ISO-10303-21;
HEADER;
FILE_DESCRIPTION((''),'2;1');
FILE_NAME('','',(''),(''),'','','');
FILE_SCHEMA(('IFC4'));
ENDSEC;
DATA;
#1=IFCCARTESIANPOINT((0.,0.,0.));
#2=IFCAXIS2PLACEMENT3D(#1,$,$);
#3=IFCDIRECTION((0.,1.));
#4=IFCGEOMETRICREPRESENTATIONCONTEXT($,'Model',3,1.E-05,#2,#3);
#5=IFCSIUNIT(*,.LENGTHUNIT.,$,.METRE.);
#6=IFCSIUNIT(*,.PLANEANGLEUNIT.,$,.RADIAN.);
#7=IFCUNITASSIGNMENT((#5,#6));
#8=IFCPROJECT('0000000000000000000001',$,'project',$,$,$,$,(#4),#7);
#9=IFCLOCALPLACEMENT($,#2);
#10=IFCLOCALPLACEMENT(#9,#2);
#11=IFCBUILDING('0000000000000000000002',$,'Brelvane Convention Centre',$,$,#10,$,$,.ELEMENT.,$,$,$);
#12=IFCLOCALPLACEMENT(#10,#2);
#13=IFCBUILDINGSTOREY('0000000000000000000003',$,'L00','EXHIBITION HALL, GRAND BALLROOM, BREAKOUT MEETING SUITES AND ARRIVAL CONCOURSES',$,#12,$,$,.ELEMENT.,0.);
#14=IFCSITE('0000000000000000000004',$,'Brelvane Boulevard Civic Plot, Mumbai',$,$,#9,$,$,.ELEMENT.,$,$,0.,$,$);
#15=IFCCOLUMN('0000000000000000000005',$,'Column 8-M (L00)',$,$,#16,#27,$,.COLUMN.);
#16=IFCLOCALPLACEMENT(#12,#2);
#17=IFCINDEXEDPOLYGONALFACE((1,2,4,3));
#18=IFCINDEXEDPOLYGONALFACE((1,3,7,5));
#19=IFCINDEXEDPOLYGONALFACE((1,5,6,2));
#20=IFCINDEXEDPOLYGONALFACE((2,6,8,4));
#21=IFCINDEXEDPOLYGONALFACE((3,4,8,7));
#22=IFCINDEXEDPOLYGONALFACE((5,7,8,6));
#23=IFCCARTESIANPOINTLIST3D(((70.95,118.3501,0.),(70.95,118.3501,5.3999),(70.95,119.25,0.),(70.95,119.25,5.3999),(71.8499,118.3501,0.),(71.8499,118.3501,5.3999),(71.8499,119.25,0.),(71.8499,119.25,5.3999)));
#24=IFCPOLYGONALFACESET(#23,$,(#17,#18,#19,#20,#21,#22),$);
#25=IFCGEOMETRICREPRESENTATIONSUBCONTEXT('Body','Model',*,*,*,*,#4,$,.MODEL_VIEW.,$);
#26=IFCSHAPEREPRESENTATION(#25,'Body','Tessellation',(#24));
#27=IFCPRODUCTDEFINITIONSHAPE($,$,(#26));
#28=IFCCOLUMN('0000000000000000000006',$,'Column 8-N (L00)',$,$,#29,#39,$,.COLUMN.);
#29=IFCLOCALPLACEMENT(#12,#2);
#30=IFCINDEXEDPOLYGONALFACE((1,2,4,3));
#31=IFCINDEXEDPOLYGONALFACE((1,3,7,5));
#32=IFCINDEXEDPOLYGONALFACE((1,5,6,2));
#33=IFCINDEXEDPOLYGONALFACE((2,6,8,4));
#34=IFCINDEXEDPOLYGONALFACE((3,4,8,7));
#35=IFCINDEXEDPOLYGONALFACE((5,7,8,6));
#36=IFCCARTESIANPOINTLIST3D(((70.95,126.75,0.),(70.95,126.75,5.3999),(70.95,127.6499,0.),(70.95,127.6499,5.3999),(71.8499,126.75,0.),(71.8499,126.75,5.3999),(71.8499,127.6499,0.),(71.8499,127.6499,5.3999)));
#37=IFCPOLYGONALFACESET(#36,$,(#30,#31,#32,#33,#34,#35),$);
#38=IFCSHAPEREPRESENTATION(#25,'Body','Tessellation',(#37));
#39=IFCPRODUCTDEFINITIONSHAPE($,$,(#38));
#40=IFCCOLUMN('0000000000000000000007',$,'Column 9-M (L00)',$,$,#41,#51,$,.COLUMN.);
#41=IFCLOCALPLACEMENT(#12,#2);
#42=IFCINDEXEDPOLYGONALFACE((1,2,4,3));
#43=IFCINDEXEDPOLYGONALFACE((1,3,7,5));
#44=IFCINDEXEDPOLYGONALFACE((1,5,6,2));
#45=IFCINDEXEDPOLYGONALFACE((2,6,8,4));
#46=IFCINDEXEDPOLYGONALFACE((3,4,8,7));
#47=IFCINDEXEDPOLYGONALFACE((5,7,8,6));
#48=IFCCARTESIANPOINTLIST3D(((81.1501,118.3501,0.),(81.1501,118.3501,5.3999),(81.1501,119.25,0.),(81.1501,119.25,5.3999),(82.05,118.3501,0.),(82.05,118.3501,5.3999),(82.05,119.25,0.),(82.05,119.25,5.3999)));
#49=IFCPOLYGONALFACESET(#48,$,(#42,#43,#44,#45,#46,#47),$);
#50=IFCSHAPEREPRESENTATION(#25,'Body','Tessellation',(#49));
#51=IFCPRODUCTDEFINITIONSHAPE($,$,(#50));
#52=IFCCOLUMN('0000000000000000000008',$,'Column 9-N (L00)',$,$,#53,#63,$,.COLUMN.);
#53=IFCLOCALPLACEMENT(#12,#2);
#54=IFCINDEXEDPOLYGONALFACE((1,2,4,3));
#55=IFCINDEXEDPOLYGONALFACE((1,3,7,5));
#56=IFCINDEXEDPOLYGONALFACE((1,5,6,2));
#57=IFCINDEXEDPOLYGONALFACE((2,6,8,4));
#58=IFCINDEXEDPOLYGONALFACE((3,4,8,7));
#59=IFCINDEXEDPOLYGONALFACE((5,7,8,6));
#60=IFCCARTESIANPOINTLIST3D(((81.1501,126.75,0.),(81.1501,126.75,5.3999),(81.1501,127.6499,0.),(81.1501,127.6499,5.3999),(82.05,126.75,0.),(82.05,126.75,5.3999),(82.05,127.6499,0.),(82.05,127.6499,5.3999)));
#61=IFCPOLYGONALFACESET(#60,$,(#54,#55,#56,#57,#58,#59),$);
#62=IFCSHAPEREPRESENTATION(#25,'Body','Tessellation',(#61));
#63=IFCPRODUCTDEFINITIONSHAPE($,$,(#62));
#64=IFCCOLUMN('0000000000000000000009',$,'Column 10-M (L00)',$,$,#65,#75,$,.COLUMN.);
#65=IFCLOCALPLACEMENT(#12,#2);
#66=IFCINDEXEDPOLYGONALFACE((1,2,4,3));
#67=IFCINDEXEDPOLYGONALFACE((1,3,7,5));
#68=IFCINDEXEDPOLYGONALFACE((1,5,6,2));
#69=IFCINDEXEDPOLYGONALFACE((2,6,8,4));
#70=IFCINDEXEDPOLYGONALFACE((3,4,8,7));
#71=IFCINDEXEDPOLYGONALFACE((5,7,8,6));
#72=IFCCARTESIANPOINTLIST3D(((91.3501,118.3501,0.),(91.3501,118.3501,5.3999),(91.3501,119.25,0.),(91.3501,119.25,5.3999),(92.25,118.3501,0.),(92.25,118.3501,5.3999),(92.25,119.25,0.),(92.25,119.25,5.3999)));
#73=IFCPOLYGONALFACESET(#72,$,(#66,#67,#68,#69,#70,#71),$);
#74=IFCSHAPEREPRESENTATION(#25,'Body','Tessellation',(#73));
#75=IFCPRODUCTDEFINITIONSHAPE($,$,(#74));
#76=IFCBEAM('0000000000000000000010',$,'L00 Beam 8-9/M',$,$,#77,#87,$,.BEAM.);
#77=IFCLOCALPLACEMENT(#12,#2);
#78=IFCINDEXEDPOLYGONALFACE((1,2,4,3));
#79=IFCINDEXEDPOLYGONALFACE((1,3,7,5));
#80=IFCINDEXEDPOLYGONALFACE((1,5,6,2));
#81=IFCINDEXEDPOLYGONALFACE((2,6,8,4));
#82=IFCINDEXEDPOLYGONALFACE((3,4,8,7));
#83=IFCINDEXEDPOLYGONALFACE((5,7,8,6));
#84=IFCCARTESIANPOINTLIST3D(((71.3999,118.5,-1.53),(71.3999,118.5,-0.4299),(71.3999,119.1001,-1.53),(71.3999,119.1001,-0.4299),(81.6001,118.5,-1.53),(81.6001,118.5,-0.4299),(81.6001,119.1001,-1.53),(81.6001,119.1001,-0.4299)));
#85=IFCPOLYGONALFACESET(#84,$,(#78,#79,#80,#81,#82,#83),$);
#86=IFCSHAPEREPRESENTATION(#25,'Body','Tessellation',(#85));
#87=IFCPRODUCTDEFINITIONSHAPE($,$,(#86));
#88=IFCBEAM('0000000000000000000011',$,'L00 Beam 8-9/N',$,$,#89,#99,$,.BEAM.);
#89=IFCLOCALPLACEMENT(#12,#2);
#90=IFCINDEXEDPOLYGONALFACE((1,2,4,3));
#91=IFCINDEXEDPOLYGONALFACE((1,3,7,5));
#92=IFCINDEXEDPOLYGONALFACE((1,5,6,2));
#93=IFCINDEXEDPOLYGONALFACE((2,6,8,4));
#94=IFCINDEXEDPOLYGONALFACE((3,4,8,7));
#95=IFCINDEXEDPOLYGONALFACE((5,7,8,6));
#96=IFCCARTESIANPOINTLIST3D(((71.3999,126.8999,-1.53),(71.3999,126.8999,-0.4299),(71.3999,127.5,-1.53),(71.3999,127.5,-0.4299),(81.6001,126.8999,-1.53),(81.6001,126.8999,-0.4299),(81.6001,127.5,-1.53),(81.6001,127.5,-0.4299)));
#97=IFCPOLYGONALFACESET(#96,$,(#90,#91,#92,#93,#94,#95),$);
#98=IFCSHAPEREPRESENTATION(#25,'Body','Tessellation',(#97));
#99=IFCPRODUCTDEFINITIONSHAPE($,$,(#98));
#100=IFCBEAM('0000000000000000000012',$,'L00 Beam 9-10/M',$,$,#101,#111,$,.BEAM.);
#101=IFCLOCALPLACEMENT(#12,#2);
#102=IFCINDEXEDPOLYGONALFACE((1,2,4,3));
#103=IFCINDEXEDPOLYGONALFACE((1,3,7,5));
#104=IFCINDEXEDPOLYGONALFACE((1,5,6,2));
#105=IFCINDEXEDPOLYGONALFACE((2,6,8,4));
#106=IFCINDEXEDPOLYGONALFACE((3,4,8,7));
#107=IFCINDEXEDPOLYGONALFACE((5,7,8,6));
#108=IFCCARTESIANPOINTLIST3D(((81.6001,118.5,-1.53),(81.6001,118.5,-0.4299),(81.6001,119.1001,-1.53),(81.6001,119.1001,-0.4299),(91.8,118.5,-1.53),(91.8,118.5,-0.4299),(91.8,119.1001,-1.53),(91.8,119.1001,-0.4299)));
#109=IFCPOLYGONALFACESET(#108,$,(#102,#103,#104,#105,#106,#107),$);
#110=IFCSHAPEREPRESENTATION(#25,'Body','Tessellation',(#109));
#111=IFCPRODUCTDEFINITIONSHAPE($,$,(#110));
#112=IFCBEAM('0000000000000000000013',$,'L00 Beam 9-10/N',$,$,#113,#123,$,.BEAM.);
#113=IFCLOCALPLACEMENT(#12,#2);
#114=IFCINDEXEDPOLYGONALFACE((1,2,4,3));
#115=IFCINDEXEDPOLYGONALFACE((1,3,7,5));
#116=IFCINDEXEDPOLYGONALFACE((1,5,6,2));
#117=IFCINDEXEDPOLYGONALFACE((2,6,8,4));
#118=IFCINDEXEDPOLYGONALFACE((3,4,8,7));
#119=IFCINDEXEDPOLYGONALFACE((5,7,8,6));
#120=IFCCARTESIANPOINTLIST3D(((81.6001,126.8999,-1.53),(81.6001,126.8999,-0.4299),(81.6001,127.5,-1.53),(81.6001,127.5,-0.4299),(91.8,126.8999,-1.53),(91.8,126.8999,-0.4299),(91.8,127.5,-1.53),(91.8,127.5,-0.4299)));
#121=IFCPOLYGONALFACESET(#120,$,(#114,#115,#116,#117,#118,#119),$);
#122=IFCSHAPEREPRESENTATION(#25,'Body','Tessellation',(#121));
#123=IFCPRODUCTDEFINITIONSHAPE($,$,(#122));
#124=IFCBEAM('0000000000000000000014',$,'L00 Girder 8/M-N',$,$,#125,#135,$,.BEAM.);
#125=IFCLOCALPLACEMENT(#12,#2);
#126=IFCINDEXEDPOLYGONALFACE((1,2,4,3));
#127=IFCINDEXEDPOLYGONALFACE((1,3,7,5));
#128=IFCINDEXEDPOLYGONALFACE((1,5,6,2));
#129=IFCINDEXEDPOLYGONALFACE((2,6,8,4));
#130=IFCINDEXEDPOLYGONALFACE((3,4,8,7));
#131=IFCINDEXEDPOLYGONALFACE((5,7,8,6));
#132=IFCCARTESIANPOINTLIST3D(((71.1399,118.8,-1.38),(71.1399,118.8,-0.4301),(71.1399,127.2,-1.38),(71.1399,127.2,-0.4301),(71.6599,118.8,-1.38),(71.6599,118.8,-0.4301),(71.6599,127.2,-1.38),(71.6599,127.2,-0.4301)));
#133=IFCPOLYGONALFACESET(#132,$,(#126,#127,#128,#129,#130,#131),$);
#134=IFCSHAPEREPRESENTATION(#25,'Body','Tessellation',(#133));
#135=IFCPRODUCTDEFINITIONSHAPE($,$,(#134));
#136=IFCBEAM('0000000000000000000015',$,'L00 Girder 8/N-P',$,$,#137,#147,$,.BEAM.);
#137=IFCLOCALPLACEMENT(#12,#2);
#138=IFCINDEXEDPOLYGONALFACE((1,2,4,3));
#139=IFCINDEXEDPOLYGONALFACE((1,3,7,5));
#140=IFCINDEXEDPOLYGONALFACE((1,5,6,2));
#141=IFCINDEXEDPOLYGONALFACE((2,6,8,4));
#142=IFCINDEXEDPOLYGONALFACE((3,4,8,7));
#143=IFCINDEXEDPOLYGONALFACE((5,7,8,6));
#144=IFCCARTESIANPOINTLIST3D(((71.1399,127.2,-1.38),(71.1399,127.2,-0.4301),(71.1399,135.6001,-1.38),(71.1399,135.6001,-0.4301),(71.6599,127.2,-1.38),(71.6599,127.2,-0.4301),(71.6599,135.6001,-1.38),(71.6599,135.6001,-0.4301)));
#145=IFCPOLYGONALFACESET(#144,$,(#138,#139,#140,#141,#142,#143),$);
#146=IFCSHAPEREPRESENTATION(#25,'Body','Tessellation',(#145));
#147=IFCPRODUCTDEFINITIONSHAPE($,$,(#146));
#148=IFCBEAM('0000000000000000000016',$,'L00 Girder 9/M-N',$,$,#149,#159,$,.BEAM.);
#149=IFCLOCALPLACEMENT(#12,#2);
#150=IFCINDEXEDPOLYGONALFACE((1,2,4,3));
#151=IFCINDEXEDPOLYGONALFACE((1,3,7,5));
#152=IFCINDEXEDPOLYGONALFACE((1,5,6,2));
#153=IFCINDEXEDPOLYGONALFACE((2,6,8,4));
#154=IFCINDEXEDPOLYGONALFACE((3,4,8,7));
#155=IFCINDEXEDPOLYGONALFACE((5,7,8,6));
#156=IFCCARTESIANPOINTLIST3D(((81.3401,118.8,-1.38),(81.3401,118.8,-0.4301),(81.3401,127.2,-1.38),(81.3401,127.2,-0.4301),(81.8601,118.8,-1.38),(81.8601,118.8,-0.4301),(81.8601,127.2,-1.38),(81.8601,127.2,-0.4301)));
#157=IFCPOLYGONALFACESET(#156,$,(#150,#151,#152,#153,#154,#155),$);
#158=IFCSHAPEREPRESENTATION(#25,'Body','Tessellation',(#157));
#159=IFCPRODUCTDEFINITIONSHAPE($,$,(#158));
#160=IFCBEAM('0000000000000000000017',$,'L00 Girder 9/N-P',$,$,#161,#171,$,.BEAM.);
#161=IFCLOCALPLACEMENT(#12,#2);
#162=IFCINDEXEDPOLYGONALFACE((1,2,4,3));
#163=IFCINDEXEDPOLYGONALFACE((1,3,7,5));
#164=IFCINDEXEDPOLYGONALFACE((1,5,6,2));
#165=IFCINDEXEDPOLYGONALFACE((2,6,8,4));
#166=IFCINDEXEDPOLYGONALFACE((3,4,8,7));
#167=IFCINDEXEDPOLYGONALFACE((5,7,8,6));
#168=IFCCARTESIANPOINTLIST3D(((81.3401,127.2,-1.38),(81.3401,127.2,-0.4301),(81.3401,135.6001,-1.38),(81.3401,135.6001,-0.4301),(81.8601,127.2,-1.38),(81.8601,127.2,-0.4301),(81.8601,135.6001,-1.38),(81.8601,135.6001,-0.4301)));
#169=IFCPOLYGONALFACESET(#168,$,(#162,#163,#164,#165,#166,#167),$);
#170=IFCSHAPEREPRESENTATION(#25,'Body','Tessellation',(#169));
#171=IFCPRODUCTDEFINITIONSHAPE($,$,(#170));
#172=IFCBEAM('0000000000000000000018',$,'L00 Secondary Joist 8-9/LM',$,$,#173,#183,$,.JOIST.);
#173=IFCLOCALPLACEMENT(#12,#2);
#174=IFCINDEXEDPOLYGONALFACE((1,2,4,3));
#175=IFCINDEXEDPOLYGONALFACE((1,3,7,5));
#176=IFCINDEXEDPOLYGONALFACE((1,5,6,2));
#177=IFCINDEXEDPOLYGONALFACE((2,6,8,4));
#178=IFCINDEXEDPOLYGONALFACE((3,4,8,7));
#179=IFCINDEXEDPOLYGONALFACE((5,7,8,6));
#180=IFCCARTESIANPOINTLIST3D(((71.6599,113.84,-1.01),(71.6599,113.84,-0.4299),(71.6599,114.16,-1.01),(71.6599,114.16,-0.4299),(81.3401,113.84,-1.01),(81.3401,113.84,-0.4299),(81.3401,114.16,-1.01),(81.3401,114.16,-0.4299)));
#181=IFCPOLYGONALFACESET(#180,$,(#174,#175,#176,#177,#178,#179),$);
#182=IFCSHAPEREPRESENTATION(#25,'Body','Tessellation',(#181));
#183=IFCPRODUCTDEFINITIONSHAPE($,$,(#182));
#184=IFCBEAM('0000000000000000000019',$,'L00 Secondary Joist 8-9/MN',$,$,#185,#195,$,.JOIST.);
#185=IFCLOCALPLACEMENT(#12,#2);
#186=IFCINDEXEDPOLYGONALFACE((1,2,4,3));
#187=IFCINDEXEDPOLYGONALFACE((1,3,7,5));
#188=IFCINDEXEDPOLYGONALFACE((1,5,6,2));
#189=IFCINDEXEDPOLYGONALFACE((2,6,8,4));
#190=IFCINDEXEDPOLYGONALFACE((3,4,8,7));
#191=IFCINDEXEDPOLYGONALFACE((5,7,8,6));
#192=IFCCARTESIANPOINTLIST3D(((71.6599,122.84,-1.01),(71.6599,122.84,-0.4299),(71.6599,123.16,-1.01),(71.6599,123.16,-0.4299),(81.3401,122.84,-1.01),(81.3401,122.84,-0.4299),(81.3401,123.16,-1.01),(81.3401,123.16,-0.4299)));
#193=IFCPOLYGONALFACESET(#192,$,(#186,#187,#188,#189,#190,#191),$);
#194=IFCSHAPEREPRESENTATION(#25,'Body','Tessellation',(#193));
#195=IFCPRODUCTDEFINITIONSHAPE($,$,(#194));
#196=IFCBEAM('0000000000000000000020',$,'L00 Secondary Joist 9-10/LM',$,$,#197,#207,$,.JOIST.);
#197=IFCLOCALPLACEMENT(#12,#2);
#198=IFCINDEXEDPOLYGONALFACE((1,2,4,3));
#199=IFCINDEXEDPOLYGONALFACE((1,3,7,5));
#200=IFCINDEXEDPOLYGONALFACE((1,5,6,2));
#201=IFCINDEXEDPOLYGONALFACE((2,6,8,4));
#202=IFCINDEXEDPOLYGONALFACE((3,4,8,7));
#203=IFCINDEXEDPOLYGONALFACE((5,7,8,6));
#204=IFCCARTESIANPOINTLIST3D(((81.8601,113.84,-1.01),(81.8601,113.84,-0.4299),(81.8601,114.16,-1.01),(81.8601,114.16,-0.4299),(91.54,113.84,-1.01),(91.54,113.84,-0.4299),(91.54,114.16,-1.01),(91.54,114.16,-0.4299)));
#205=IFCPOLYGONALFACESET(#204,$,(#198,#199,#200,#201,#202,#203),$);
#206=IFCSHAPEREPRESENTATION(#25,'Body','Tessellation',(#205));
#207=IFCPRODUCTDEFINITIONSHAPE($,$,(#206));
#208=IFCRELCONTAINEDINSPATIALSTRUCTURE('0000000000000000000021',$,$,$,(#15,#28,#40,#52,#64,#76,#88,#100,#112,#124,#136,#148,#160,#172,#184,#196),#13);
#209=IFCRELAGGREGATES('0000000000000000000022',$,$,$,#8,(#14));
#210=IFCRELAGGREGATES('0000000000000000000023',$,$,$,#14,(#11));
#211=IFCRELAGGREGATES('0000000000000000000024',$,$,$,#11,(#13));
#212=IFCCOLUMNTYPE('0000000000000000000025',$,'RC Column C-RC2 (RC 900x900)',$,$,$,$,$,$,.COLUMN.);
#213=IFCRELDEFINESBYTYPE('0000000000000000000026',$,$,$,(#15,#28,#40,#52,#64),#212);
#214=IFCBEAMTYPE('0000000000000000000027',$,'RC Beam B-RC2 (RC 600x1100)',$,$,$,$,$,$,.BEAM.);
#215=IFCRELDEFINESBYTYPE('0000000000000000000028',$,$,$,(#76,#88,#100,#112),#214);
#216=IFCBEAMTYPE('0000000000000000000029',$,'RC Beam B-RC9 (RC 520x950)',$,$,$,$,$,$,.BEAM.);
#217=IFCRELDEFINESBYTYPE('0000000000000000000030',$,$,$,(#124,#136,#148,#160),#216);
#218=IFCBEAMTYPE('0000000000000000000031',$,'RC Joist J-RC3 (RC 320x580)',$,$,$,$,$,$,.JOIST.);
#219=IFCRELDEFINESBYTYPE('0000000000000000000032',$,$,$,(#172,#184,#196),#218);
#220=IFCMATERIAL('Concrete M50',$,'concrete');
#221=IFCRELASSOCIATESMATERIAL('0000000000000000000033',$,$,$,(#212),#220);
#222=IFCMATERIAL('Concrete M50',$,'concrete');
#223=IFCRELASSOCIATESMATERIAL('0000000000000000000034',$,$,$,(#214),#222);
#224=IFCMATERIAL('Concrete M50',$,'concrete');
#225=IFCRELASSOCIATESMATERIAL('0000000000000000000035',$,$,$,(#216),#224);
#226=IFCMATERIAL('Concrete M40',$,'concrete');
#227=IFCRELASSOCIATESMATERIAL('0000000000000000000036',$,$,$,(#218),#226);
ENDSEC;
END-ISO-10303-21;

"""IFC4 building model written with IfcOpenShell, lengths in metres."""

from ifc_helpers import new_model, si_unit, direction, frame, origin, origin_2d, place, context, subcontext, project, spatial, rectangle, extrude, material, material_profile, profile_set, type_object, element, save


model = new_model("IFC4")

# Units and contexts
model_context = context("Model", 3, precision=1e-05, world=origin(), true_north=direction((0.0, 1.0)))
body_context = subcontext(model_context, "Body", "Model", "MODEL_VIEW")
ifc_project = project(units=[si_unit("LENGTHUNIT", "METRE"), si_unit("PLANEANGLEUNIT", "RADIAN")], contexts=[model_context])

# Site, building, storey
site_placement = place(None, origin())
site = spatial("IfcSite", under=ifc_project, at=site_placement, Name="Brelvane Boulevard Civic Plot, Mumbai", CompositionType="ELEMENT", RefElevation=0.0)
building_placement = place(site_placement, origin())
building = spatial("IfcBuilding", under=site, at=building_placement, Name="Brelvane Convention Centre", CompositionType="ELEMENT")
storey_placement = place(building_placement, origin())
storey = spatial("IfcBuildingStorey", under=building, at=storey_placement, Name="L00", Description="EXHIBITION HALL, GRAND BALLROOM, BREAKOUT MEETING SUITES AND ARRIVAL CONCOURSES", CompositionType="ELEMENT", Elevation=0.0)

# Columns
ifc_material_1 = material(Name="Concrete M50", Category="concrete")
ifc_material_profile_1 = material_profile(ifc_material_1, rectangle(XDim=0.8999, YDim=0.8999, at=origin_2d()), Name="RC 900x900")
ifc_profile_set_1 = profile_set([ifc_material_profile_1], Name="Concrete M50")
column_type = type_object("IfcColumnType", Name="RC Column C-RC2 (RC 900x900)", PredefinedType="COLUMN", material=ifc_profile_set_1)
for number, where, z_axis, x_axis, name in (
    (1, (71.3999, 118.8, 0.0), (0.0, 0.0, 1.0), (1.0, 0.0, 0.0), "Column 8-M (L00)"),
    (2, (71.3999, 127.2, 0.0), (0.0, 0.0, 1.0), (1.0, 0.0, 0.0), "Column 8-N (L00)"),
    (3, (81.6001, 118.8, 0.0), (0.0, 0.0, 1.0), (1.0, 0.0, 0.0), "Column 9-M (L00)"),
    (4, (81.6001, 127.2, 0.0), (0.0, 0.0, 1.0), (1.0, 0.0, 0.0), "Column 9-N (L00)"),
    (5, (91.8, 118.8, 0.0), (0.0, 0.0, 1.0), (1.0, 0.0, 0.0), "Column 10-M (L00)"),
):
    element("IfcColumn", number, at=place(storey_placement, frame(where, z_axis=z_axis, x_axis=x_axis)), inside=storey, type_object=column_type, Name=name, PredefinedType="COLUMN", context=body_context, shape_type="SweptSolid", body=[
        extrude(rectangle(XDim=0.8999, YDim=0.8999, at=origin_2d()), origin(), (0.0, 0.0, 1.0), 5.3999),
    ])

# Beams
ifc_material_2 = material(Name="Concrete M50", Category="concrete")
ifc_material_profile_2 = material_profile(ifc_material_2, rectangle(XDim=0.6001, YDim=1.1001, at=origin_2d()), Name="RC 600x1100")
ifc_profile_set_2 = profile_set([ifc_material_profile_2], Name="Concrete M50")
beam_type_1 = type_object("IfcBeamType", Name="RC Beam B-RC2 (RC 600x1100)", PredefinedType="BEAM", material=ifc_profile_set_2)
for number, where, z_axis, x_axis, name in (
    (6, (71.3999, 118.8, -0.98), (1.0, 0.0, 0.0), (0.0, 1.0, 0.0), "L00 Beam 8-9/M"),
    (7, (71.3999, 127.2, -0.98), (1.0, 0.0, 0.0), (0.0, 1.0, 0.0), "L00 Beam 8-9/N"),
):
    element("IfcBeam", number, at=place(storey_placement, frame(where, z_axis=z_axis, x_axis=x_axis)), inside=storey, type_object=beam_type_1, Name=name, PredefinedType="BEAM", context=body_context, shape_type="SweptSolid", body=[
        extrude(rectangle(XDim=0.6001, YDim=1.1001, at=origin_2d()), origin(), (0.0, 0.0, 1.0), 10.2002),
    ])
for number, where, z_axis, x_axis, name in (
    (8, (81.6001, 118.8, -0.98), (1.0, 0.0, 0.0), (0.0, 1.0, 0.0), "L00 Beam 9-10/M"),
    (9, (81.6001, 127.2, -0.98), (1.0, 0.0, 0.0), (0.0, 1.0, 0.0), "L00 Beam 9-10/N"),
):
    element("IfcBeam", number, at=place(storey_placement, frame(where, z_axis=z_axis, x_axis=x_axis)), inside=storey, type_object=beam_type_1, Name=name, PredefinedType="BEAM", context=body_context, shape_type="SweptSolid", body=[
        extrude(rectangle(XDim=0.6001, YDim=1.1001, at=origin_2d()), origin(), (0.0, 0.0, 1.0), 10.2),
    ])
ifc_material_3 = material(Name="Concrete M50", Category="concrete")
ifc_material_profile_3 = material_profile(ifc_material_3, rectangle(XDim=0.52, YDim=0.95, at=origin_2d()), Name="RC 520x950")
ifc_profile_set_3 = profile_set([ifc_material_profile_3], Name="Concrete M50")
beam_type_2 = type_object("IfcBeamType", Name="RC Beam B-RC9 (RC 520x950)", PredefinedType="BEAM", material=ifc_profile_set_3)
beam_1_placement = place(storey_placement, frame((71.3999, 118.8, -0.905), z_axis=(0.0, 1.0, 0.0), x_axis=(-1.0, 0.0, 0.0)))
element("IfcBeam", 10, at=beam_1_placement, inside=storey, type_object=beam_type_2, Name="L00 Girder 8/M-N", PredefinedType="BEAM", context=body_context, shape_type="SweptSolid", body=[
    extrude(rectangle(XDim=0.52, YDim=0.95, at=origin_2d()), origin(), (0.0, 0.0, 1.0), 8.3999),
])
beam_2_placement = place(storey_placement, frame((71.3999, 127.2, -0.905), z_axis=(0.0, 1.0, 0.0), x_axis=(-1.0, 0.0, 0.0)))
element("IfcBeam", 11, at=beam_2_placement, inside=storey, type_object=beam_type_2, Name="L00 Girder 8/N-P", PredefinedType="BEAM", context=body_context, shape_type="SweptSolid", body=[
    extrude(rectangle(XDim=0.52, YDim=0.95, at=origin_2d()), origin(), (0.0, 0.0, 1.0), 8.4001),
])
beam_3_placement = place(storey_placement, frame((81.6001, 118.8, -0.905), z_axis=(0.0, 1.0, 0.0), x_axis=(-1.0, 0.0, 0.0)))
element("IfcBeam", 12, at=beam_3_placement, inside=storey, type_object=beam_type_2, Name="L00 Girder 9/M-N", PredefinedType="BEAM", context=body_context, shape_type="SweptSolid", body=[
    extrude(rectangle(XDim=0.52, YDim=0.95, at=origin_2d()), origin(), (0.0, 0.0, 1.0), 8.3999),
])
beam_4_placement = place(storey_placement, frame((81.6001, 127.2, -0.905), z_axis=(0.0, 1.0, 0.0), x_axis=(-1.0, 0.0, 0.0)))
element("IfcBeam", 13, at=beam_4_placement, inside=storey, type_object=beam_type_2, Name="L00 Girder 9/N-P", PredefinedType="BEAM", context=body_context, shape_type="SweptSolid", body=[
    extrude(rectangle(XDim=0.52, YDim=0.95, at=origin_2d()), origin(), (0.0, 0.0, 1.0), 8.4001),
])
ifc_material_4 = material(Name="Concrete M40", Category="concrete")
ifc_material_profile_4 = material_profile(ifc_material_4, rectangle(XDim=0.3201, YDim=0.5801, at=origin_2d()), Name="RC 320x580")
ifc_profile_set_4 = profile_set([ifc_material_profile_4], Name="Concrete M40")
beam_type_3 = type_object("IfcBeamType", Name="RC Joist J-RC3 (RC 320x580)", PredefinedType="JOIST", material=ifc_profile_set_4)
for number, where, z_axis, x_axis, name in (
    (14, (71.6599, 114.0, -0.72), (1.0, 0.0, 0.0), (0.0, 1.0, 0.0), "L00 Secondary Joist 8-9/LM"),
    (15, (71.6599, 123.0, -0.72), (1.0, 0.0, 0.0), (0.0, 1.0, 0.0), "L00 Secondary Joist 8-9/MN"),
):
    element("IfcBeam", number, at=place(storey_placement, frame(where, z_axis=z_axis, x_axis=x_axis)), inside=storey, type_object=beam_type_3, Name=name, PredefinedType="JOIST", context=body_context, shape_type="SweptSolid", body=[
        extrude(rectangle(XDim=0.3201, YDim=0.5801, at=origin_2d()), origin(), (0.0, 0.0, 1.0), 9.6802),
    ])
for number, where, z_axis, x_axis, name in (
    (16, (81.8601, 114.0, -0.72), (1.0, 0.0, 0.0), (0.0, 1.0, 0.0), "L00 Secondary Joist 9-10/LM"),
):
    element("IfcBeam", number, at=place(storey_placement, frame(where, z_axis=z_axis, x_axis=x_axis)), inside=storey, type_object=beam_type_3, Name=name, PredefinedType="JOIST", context=body_context, shape_type="SweptSolid", body=[
        extrude(rectangle(XDim=0.3201, YDim=0.5801, at=origin_2d()), origin(), (0.0, 0.0, 1.0), 9.6799),
    ])

save(model, "model.ifc")
